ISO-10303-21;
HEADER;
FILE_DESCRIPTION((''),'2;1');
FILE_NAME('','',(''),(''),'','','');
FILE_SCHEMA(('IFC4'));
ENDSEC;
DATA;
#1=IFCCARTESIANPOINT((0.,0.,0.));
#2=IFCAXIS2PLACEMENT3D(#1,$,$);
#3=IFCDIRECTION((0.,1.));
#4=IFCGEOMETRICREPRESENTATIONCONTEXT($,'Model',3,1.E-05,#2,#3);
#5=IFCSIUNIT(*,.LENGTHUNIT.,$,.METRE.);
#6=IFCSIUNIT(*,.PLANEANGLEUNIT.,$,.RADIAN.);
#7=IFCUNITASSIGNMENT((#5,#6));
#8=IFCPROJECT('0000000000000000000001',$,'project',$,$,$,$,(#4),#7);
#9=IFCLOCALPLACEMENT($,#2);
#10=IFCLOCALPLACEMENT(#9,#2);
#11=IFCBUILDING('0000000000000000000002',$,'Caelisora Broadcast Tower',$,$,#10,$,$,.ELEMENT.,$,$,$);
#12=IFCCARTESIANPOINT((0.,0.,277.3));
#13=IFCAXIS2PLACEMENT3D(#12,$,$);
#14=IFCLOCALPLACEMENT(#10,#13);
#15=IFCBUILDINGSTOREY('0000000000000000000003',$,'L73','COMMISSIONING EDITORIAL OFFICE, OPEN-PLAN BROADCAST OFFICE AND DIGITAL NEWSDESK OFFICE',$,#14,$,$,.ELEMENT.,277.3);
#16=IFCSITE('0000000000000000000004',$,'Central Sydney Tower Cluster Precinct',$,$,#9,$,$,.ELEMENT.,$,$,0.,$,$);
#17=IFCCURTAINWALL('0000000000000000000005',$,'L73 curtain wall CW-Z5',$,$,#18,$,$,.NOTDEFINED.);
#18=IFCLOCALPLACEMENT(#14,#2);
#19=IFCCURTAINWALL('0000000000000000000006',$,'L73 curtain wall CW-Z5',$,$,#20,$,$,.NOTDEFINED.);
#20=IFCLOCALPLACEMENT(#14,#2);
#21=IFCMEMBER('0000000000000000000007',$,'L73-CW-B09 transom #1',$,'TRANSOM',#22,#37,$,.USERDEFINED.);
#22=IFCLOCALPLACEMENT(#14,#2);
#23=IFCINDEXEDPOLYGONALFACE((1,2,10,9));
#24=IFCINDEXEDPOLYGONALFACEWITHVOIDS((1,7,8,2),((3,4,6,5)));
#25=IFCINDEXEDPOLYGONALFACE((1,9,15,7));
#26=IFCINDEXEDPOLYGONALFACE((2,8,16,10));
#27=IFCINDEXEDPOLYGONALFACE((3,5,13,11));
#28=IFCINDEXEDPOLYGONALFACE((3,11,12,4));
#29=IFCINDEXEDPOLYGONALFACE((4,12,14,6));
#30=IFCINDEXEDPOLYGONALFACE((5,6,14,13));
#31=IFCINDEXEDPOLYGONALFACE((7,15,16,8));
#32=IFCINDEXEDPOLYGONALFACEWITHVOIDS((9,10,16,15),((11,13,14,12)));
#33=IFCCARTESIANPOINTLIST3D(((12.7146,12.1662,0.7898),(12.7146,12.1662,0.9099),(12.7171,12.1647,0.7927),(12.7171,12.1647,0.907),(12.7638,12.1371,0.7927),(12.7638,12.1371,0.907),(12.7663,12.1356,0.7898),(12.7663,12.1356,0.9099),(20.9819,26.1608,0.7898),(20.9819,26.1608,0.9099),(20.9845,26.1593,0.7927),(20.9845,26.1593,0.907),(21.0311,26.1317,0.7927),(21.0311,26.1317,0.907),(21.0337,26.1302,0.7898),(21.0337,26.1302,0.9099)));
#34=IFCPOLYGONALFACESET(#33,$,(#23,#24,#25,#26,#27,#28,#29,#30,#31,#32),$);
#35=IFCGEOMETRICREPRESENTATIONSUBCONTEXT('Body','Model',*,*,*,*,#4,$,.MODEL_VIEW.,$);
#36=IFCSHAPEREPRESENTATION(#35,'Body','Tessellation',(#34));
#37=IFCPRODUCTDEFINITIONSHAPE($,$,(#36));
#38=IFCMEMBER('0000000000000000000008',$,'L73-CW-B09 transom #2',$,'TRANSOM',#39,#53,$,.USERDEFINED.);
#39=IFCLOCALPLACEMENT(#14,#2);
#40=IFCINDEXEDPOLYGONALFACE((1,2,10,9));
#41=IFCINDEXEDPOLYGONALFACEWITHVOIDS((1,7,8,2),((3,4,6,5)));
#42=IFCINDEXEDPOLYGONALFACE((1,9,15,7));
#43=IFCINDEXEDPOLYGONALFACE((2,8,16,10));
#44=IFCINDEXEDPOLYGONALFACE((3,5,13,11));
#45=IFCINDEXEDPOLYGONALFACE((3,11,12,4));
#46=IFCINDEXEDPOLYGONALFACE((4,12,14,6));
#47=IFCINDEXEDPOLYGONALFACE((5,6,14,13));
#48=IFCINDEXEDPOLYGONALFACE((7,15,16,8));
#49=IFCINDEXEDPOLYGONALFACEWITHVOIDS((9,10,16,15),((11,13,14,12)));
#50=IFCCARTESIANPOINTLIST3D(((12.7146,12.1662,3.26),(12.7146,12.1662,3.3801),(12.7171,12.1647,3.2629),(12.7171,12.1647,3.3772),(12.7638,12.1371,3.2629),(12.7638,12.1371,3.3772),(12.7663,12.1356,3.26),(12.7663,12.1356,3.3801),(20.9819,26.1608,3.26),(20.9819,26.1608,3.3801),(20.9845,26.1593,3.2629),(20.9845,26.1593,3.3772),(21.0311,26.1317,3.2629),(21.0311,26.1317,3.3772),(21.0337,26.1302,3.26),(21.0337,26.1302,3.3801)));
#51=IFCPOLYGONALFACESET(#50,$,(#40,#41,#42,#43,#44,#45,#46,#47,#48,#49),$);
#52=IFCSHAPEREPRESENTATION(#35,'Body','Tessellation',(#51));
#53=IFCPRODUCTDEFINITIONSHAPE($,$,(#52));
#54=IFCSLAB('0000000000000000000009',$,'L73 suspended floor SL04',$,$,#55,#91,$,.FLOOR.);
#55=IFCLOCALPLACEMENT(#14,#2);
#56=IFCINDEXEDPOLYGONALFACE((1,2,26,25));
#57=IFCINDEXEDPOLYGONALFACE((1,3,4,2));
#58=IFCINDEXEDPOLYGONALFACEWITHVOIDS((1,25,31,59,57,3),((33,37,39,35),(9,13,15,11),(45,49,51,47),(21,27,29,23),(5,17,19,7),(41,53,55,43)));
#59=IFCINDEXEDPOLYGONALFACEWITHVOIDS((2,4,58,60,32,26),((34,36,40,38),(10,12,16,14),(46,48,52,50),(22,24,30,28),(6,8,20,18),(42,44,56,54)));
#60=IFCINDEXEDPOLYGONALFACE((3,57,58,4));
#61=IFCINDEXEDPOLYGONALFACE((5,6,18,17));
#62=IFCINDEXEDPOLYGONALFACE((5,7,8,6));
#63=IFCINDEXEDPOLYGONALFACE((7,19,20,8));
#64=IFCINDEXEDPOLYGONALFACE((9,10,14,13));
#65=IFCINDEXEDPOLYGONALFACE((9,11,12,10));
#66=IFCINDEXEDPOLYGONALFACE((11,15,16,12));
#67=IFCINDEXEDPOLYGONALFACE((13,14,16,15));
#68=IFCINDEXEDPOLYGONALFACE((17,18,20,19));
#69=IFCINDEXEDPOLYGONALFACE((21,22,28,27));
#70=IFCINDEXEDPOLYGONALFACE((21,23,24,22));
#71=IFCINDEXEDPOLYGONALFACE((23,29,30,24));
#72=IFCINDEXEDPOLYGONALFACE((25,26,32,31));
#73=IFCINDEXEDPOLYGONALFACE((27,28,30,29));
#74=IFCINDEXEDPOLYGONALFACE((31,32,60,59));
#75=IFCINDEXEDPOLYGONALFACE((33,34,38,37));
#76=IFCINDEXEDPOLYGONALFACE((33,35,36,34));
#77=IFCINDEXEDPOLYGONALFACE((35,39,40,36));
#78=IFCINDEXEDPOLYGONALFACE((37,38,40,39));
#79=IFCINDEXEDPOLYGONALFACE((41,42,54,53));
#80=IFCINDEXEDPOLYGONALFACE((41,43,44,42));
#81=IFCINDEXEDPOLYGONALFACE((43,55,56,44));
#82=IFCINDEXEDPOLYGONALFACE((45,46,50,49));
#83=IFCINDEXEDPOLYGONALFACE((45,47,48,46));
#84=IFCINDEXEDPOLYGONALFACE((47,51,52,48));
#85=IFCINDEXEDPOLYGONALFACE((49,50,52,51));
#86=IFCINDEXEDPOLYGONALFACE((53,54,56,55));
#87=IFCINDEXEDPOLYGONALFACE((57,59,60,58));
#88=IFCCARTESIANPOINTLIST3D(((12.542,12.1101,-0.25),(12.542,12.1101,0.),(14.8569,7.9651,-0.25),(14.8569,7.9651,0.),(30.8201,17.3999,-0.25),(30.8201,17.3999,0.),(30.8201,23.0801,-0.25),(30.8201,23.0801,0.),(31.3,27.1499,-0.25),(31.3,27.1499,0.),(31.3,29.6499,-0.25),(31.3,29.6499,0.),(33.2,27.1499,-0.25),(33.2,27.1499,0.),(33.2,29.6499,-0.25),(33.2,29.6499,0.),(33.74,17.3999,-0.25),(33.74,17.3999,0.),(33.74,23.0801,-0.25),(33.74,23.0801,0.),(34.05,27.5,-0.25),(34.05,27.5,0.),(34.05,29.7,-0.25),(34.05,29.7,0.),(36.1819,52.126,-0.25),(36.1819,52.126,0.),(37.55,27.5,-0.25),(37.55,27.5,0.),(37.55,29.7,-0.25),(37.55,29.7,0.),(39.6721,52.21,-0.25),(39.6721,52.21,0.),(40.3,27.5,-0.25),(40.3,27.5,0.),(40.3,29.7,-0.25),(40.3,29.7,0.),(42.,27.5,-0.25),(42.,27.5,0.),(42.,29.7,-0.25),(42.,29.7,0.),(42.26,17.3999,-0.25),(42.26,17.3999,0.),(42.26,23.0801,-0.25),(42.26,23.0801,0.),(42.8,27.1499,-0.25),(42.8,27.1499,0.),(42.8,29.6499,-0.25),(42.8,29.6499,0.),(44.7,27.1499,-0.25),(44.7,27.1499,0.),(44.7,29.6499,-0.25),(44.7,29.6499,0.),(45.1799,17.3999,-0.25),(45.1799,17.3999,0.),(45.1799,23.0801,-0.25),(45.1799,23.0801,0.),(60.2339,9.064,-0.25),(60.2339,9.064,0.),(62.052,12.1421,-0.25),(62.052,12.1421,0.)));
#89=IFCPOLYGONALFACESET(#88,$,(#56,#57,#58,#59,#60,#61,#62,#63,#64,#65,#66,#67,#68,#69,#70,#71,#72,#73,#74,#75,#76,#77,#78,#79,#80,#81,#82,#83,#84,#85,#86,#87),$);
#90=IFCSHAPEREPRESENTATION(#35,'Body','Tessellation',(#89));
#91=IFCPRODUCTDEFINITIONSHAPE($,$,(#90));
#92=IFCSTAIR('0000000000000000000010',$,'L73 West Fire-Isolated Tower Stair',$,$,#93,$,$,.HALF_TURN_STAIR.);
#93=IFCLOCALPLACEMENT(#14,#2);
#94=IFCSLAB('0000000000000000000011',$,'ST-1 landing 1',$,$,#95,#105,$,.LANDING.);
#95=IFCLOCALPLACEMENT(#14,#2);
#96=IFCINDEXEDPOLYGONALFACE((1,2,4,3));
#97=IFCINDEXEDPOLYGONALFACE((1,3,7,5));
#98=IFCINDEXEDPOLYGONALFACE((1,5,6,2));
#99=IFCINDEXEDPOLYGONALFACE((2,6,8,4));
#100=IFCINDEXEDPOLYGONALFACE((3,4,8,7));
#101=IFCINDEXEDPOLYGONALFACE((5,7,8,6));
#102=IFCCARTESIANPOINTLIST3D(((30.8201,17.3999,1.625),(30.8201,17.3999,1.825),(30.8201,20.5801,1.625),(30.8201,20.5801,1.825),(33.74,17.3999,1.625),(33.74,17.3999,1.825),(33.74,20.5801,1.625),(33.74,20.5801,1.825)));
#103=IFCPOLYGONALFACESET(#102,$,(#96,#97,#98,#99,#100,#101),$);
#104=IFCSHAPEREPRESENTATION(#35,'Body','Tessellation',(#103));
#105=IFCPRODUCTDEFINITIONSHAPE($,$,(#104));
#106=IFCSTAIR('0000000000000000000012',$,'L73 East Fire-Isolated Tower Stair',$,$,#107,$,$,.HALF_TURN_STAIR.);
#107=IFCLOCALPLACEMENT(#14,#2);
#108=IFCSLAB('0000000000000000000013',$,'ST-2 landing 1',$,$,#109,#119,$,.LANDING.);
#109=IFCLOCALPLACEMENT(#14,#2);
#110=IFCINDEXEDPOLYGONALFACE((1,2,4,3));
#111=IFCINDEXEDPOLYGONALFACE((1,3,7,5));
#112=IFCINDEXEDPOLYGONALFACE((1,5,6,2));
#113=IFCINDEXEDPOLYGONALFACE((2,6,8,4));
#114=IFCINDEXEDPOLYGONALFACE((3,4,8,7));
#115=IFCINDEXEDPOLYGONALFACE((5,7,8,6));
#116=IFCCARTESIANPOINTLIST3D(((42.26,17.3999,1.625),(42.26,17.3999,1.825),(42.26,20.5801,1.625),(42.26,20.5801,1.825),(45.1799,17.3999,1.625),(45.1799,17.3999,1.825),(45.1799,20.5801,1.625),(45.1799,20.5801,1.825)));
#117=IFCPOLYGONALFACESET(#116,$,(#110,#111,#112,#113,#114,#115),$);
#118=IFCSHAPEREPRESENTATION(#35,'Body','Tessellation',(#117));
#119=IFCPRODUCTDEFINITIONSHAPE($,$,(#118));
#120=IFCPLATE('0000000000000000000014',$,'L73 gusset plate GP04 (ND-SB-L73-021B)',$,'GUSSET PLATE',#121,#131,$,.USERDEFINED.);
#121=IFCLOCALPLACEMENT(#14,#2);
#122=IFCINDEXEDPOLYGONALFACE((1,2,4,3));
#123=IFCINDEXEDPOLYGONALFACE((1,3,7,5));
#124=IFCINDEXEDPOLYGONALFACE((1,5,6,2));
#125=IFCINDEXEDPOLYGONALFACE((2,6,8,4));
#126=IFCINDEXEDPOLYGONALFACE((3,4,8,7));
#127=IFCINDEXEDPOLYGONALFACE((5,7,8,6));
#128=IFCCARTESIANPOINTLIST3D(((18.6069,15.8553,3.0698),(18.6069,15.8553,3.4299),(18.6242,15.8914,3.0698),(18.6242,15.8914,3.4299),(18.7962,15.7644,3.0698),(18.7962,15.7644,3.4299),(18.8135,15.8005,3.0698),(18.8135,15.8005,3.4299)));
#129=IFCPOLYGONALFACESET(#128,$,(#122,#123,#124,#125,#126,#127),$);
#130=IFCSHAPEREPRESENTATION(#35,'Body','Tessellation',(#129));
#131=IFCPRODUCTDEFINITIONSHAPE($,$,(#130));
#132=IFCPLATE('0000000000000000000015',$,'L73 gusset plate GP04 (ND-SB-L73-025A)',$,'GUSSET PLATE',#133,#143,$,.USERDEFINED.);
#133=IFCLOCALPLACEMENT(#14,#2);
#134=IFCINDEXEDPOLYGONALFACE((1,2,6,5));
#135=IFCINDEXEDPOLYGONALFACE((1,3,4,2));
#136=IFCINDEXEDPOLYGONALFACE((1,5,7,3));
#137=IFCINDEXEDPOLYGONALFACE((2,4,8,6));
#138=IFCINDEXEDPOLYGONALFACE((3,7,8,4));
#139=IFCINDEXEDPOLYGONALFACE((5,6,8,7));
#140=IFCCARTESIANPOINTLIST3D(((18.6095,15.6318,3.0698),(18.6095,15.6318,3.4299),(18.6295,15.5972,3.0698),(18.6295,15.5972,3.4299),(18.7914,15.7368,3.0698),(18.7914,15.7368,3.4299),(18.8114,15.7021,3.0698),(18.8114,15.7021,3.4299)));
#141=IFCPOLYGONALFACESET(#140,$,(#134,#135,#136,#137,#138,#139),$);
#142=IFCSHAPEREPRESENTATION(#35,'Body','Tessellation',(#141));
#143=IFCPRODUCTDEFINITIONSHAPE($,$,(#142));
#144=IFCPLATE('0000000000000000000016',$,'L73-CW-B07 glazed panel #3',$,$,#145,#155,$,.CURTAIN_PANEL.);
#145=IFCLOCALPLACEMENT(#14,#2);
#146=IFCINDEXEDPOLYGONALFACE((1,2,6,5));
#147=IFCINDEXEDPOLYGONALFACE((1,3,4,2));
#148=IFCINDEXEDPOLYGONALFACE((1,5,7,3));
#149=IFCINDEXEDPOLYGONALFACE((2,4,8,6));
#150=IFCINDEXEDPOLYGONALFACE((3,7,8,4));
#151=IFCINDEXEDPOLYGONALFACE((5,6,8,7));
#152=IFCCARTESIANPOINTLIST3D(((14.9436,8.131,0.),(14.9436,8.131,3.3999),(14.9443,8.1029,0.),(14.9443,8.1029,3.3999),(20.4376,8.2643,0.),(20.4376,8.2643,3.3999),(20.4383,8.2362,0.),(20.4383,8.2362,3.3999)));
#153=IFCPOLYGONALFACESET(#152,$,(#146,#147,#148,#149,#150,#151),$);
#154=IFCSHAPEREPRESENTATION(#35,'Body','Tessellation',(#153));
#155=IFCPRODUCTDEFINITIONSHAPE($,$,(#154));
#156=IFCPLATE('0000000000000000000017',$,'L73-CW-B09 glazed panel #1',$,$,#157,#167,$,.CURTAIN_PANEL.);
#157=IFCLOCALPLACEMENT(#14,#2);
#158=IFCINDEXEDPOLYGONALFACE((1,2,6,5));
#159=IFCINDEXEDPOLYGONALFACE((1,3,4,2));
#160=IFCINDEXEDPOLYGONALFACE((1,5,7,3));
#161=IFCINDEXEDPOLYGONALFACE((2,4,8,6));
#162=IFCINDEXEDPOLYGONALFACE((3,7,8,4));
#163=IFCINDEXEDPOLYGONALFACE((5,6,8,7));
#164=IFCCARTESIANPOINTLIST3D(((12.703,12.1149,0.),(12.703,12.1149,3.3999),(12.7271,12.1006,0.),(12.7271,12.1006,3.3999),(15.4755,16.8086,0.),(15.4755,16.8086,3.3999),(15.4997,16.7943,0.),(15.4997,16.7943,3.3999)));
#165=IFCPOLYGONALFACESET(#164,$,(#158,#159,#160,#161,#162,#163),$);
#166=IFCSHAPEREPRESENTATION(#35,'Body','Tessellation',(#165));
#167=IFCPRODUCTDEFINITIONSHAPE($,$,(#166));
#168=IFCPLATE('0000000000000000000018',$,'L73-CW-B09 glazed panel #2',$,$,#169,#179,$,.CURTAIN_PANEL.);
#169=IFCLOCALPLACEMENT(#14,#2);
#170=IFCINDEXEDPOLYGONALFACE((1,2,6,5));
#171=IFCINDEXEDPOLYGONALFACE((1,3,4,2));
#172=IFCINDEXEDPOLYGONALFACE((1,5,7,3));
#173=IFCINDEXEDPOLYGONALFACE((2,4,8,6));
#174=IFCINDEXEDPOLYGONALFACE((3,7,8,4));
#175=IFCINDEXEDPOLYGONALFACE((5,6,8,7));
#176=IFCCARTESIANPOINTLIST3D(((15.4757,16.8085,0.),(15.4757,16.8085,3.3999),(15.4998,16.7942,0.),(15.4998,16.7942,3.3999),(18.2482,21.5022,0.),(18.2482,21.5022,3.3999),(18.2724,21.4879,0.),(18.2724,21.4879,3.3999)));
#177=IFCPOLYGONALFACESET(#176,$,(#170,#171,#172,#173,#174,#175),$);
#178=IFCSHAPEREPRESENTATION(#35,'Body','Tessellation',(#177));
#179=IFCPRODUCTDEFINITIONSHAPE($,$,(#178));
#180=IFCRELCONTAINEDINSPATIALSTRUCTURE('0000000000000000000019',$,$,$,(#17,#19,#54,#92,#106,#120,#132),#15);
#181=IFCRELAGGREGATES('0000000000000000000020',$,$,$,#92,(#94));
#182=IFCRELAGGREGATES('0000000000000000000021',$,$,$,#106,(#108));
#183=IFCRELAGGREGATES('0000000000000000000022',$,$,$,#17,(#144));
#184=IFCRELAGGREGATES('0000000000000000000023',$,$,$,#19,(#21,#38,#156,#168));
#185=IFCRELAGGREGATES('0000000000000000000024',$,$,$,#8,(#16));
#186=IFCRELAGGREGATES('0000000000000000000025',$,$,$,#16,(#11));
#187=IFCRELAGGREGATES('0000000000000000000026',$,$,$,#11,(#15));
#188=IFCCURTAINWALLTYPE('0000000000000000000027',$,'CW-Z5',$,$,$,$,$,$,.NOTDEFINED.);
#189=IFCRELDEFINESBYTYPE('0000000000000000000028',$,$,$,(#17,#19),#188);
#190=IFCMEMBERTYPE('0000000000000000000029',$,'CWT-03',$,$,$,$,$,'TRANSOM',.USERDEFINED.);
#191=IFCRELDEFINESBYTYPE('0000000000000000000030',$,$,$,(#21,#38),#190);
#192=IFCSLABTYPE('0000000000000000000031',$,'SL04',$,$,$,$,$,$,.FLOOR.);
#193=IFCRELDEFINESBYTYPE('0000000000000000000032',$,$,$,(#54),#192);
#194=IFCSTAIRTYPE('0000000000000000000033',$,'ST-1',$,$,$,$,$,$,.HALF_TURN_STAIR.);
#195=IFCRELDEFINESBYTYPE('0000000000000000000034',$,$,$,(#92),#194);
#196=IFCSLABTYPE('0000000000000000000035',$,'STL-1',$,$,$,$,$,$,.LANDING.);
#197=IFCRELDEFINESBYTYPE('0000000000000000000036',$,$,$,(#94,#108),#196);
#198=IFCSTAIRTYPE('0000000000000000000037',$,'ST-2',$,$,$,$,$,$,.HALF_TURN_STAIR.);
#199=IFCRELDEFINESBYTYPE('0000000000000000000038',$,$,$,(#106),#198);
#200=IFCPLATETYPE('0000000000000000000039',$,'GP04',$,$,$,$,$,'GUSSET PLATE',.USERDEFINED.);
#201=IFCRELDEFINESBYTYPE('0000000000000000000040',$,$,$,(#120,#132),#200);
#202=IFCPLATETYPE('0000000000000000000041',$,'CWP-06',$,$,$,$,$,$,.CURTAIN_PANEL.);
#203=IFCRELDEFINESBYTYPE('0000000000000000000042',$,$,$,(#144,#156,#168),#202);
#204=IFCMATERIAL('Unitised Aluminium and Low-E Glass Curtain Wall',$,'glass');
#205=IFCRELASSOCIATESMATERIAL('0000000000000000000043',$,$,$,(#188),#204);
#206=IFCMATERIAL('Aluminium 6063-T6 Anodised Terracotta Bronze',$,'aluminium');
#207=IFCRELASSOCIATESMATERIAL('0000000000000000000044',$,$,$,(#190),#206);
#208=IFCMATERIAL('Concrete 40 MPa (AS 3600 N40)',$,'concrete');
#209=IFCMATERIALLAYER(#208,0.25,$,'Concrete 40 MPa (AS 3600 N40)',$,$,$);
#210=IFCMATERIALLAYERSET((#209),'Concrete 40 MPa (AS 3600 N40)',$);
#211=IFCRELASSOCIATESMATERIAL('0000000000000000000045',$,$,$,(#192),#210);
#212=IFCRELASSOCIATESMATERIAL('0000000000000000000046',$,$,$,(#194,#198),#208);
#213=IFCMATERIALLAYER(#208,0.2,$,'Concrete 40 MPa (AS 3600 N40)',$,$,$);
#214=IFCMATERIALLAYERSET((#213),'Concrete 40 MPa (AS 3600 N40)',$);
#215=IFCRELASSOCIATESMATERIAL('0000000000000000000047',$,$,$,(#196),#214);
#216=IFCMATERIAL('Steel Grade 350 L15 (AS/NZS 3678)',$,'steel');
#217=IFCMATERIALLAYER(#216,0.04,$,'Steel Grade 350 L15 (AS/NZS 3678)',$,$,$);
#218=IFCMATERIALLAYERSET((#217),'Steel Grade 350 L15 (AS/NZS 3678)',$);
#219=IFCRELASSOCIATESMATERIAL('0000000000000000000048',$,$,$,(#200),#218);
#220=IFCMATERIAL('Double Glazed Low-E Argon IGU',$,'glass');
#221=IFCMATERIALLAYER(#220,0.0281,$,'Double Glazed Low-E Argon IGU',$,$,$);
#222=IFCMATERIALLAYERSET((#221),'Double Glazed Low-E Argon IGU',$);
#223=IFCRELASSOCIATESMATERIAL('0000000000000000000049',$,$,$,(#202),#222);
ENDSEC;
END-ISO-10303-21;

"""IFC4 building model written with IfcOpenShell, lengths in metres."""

from ifc_helpers import new_model, si_unit, direction, frame, origin, origin_2d, place, context, subcontext, project, spatial, polyline, rectangle, hollow_rectangle, outline, extrude, source, transform, mapped, material, layer, layer_set, material_profile, profile_set, type_object, type_shapes, element, aggregate, save


model = new_model("IFC4")

# Units and contexts
model_context = context("Model", 3, precision=1e-05, world=origin(), true_north=direction((0.0, 1.0)))
body_context = subcontext(model_context, "Body", "Model", "MODEL_VIEW")
ifc_project = project(units=[si_unit("LENGTHUNIT", "METRE"), si_unit("PLANEANGLEUNIT", "RADIAN")], contexts=[model_context])

# Site, building, storey
site_placement = place(None, origin())
site = spatial("IfcSite", under=ifc_project, at=site_placement, Name="Central Sydney Tower Cluster Precinct", CompositionType="ELEMENT", RefElevation=0.0)
building_placement = place(site_placement, origin())
building = spatial("IfcBuilding", under=site, at=building_placement, Name="Caelisora Broadcast Tower", CompositionType="ELEMENT")
storey_placement = place(building_placement, frame((0.0, 0.0, 277.3)))
storey = spatial("IfcBuildingStorey", under=building, at=storey_placement, Name="L73", Description="COMMISSIONING EDITORIAL OFFICE, OPEN-PLAN BROADCAST OFFICE AND DIGITAL NEWSDESK OFFICE", CompositionType="ELEMENT", Elevation=277.3)

# Shared definitions
ifc_material_1 = material(Name="Steel Grade 350 L15 (AS/NZS 3678)", Category="steel")

# Curtain walls, members
ifc_material_2 = material(Name="Unitised Aluminium and Low-E Glass Curtain Wall", Category="glass")
curtain_wall_type = type_object("IfcCurtainWallType", Name="CW-Z5", PredefinedType="NOTDEFINED", material=ifc_material_2)
curtain_wall_1_placement = place(storey_placement, origin())
curtain_wall_1 = element("IfcCurtainWall", 1, at=curtain_wall_1_placement, inside=storey, type_object=curtain_wall_type, Name="L73 curtain wall CW-Z5", PredefinedType="NOTDEFINED")
ifc_material_3 = material(Name="Aluminium 6063-T6 Anodised Terracotta Bronze", Category="aluminium")
curtain_wall_2_placement = place(storey_placement, origin())
curtain_wall_2 = element("IfcCurtainWall", 2, at=curtain_wall_2_placement, inside=storey, type_object=curtain_wall_type, Name="L73 curtain wall CW-Z5", PredefinedType="NOTDEFINED")
ifc_material_profile_1 = material_profile(ifc_material_3, hollow_rectangle(XDim=0.0601, YDim=0.1201, WallThickness=0.0029, at=origin_2d()), Name="Aluminium 6063-T6 Anodised Terracotta Bronze")
ifc_profile_set_1 = profile_set([ifc_material_profile_1], Name="Aluminium 6063-T6 Anodised Terracotta Bronze")
member_type_1 = type_object("IfcMemberType", Name="CWT-03", ElementType="TRANSOM", PredefinedType="USERDEFINED", material=ifc_profile_set_1)
shared_shape_1 = source(origin(), body_context, "Body", "SweptSolid", [
    extrude(hollow_rectangle(XDim=0.0601, YDim=0.1201, WallThickness=0.0029, at=origin_2d()), origin(), (0.0, 0.0, 1.0), 16.2542),
])
type_shapes(member_type_1, [shared_shape_1])
member_1_placement = place(storey_placement, frame((12.7405, 12.1509, 0.8499), z_axis=(0.508628, 0.860986, 0.0), x_axis=(-0.860986, 0.508628, 0.0)))
member_1 = element("IfcMember", 3, at=member_1_placement, type_object=member_type_1, Name="L73-CW-B09 transom #1", ObjectType="TRANSOM", PredefinedType="USERDEFINED", context=body_context, shape_type="MappedRepresentation", body=[
    mapped(shared_shape_1, transform((0.0, 0.0, 0.0), scale=1.0)),
])
member_2_placement = place(storey_placement, frame((12.7405, 12.1509, 3.3201), z_axis=(0.508628, 0.860986, 0.0), x_axis=(-0.860986, 0.508628, 0.0)))
member_2 = element("IfcMember", 4, at=member_2_placement, type_object=member_type_1, Name="L73-CW-B09 transom #2", ObjectType="TRANSOM", PredefinedType="USERDEFINED", context=body_context, shape_type="MappedRepresentation", body=[
    mapped(shared_shape_1, transform((0.0, 0.0, 0.0), scale=1.0)),
])

# Slab
ifc_material_4 = material(Name="Concrete 40 MPa (AS 3600 N40)", Category="concrete")
ifc_layer_1 = layer(ifc_material_4, 0.25, Name="Concrete 40 MPa (AS 3600 N40)")
ifc_layer_set_1 = layer_set([ifc_layer_1], Name="Concrete 40 MPa (AS 3600 N40)")
slab_type_1 = type_object("IfcSlabType", Name="SL04", PredefinedType="FLOOR", material=ifc_layer_set_1)
slab_1_placement = place(storey_placement, frame((0.0, 0.0, -0.25)))
element("IfcSlab", 5, at=slab_1_placement, inside=storey, type_object=slab_type_1, Name="L73 suspended floor SL04", PredefinedType="FLOOR", context=body_context, shape_type="SweptSolid", body=[
    extrude(outline(polyline([(39.6721, 52.21), (36.1819, 52.126), (12.542, 12.1101), (14.8569, 7.9651), (60.2339, 9.064), (62.052, 12.1421), (39.6721, 52.21)]), holes=[polyline([(30.8201, 17.3999), (33.74, 17.3999), (33.74, 23.0801), (30.8201, 23.0801), (30.8201, 17.3999)]), polyline([(42.26, 17.3999), (45.1799, 17.3999), (45.1799, 23.0801), (42.26, 23.0801), (42.26, 17.3999)]), polyline([(42.8, 27.1499), (44.7, 27.1499), (44.7, 29.6499), (42.8, 29.6499), (42.8, 27.1499)]), polyline([(40.3, 27.5), (42.0, 27.5), (42.0, 29.7), (40.3, 29.7), (40.3, 27.5)]), polyline([(34.05, 27.5), (37.55, 27.5), (37.55, 29.7), (34.05, 29.7), (34.05, 27.5)]), polyline([(31.3, 27.1499), (33.2, 27.1499), (33.2, 29.6499), (31.3, 29.6499), (31.3, 27.1499)])]), origin(), (0.0, 0.0, 1.0), 0.25),
])

# Stairs, slabs
stair_type_1 = type_object("IfcStairType", Name="ST-1", PredefinedType="HALF_TURN_STAIR", material=ifc_material_4)
stair_1_placement = place(storey_placement, origin())
stair_1 = element("IfcStair", 6, at=stair_1_placement, inside=storey, type_object=stair_type_1, Name="L73 West Fire-Isolated Tower Stair", PredefinedType="HALF_TURN_STAIR")
ifc_layer_2 = layer(ifc_material_4, 0.2, Name="Concrete 40 MPa (AS 3600 N40)")
ifc_layer_set_2 = layer_set([ifc_layer_2], Name="Concrete 40 MPa (AS 3600 N40)")
slab_type_2 = type_object("IfcSlabType", Name="STL-1", PredefinedType="LANDING", material=ifc_layer_set_2)
slab_2_placement = place(storey_placement, frame((0.0, 0.0, 1.625)))
slab_2 = element("IfcSlab", 7, at=slab_2_placement, type_object=slab_type_2, Name="ST-1 landing 1", PredefinedType="LANDING", context=body_context, shape_type="SweptSolid", body=[
    extrude(outline(polyline([(30.8201, 20.5801), (30.8201, 17.3999), (33.74, 17.3999), (33.74, 20.5801), (30.8201, 20.5801)])), origin(), (0.0, 0.0, 1.0), 0.2),
])
aggregate(stair_1, [slab_2])
stair_type_2 = type_object("IfcStairType", Name="ST-2", PredefinedType="HALF_TURN_STAIR", material=ifc_material_4)
stair_2_placement = place(storey_placement, origin())
stair_2 = element("IfcStair", 8, at=stair_2_placement, inside=storey, type_object=stair_type_2, Name="L73 East Fire-Isolated Tower Stair", PredefinedType="HALF_TURN_STAIR")
slab_3_placement = place(storey_placement, frame((0.0, 0.0, 1.625)))
slab_3 = element("IfcSlab", 9, at=slab_3_placement, type_object=slab_type_2, Name="ST-2 landing 1", PredefinedType="LANDING", context=body_context, shape_type="SweptSolid", body=[
    extrude(outline(polyline([(42.26, 20.5801), (42.26, 17.3999), (45.1799, 17.3999), (45.1799, 20.5801), (42.26, 20.5801)])), origin(), (0.0, 0.0, 1.0), 0.2),
])
aggregate(stair_2, [slab_3])

# Plates
ifc_layer_3 = layer(ifc_material_1, 0.04, Name="Steel Grade 350 L15 (AS/NZS 3678)")
ifc_layer_set_3 = layer_set([ifc_layer_3], Name="Steel Grade 350 L15 (AS/NZS 3678)")
plate_type_1 = type_object("IfcPlateType", Name="GP04", ElementType="GUSSET PLATE", PredefinedType="USERDEFINED", material=ifc_layer_set_3)
shared_shape_2 = source(origin(), body_context, "Body", "SweptSolid", [
    extrude(rectangle(XDim=0.21, YDim=0.04, at=origin_2d()), origin(), (0.0, 0.0, 1.0), 0.3601),
])
type_shapes(plate_type_1, [shared_shape_2])
for number, where, z_axis, x_axis, name in (
    (10, (18.7102, 15.8279, 3.0698), (0.0, 0.0, 1.0), (0.90138, -0.43303, 0.0), "L73 gusset plate GP04 (ND-SB-L73-021B)"),
    (11, (18.7104, 15.667, 3.0698), (0.0, 0.0, 1.0), (0.866025, 0.5, 0.0), "L73 gusset plate GP04 (ND-SB-L73-025A)"),
):
    element("IfcPlate", number, at=place(storey_placement, frame(where, z_axis=z_axis, x_axis=x_axis)), inside=storey, type_object=plate_type_1, Name=name, ObjectType="GUSSET PLATE", PredefinedType="USERDEFINED", context=body_context, shape_type="MappedRepresentation", body=[
        mapped(shared_shape_2, transform((0.0, 0.0, 0.0), scale=1.0)),
    ])

# Plates
ifc_material_5 = material(Name="Double Glazed Low-E Argon IGU", Category="glass")
ifc_layer_4 = layer(ifc_material_5, 0.0281, Name="Double Glazed Low-E Argon IGU")
ifc_layer_set_4 = layer_set([ifc_layer_4], Name="Double Glazed Low-E Argon IGU")
plate_type_2 = type_object("IfcPlateType", Name="CWP-06", PredefinedType="CURTAIN_PANEL", material=ifc_layer_set_4)
shared_shape_3 = source(origin(), body_context, "Body", "SweptSolid", [
    extrude(rectangle(XDim=5.4956, YDim=0.0281, at=origin_2d()), origin(), (0.0, 0.0, 1.0), 3.3999),
])
plate_1_placement = place(storey_placement, frame((17.6909, 8.1836, 0.0), z_axis=(0.0, 0.0, 1.0), x_axis=(-0.999706, -0.024258, 0.0)))
plate_1 = element("IfcPlate", 12, at=plate_1_placement, type_object=plate_type_2, Name="L73-CW-B07 glazed panel #3", PredefinedType="CURTAIN_PANEL", context=body_context, shape_type="MappedRepresentation", body=[
    mapped(shared_shape_3, transform((0.0, 0.0, 0.0), scale=1.0)),
])
aggregate(curtain_wall_1, [plate_1])
shared_shape_4 = source(origin(), body_context, "Body", "SweptSolid", [
    extrude(rectangle(XDim=5.4514, YDim=0.0281, at=origin_2d()), origin(), (0.0, 0.0, 1.0), 3.3999),
])
type_shapes(plate_type_2, [shared_shape_3, shared_shape_4])
plate_2_placement = place(storey_placement, frame((14.1013, 14.4546, 0.0), z_axis=(0.0, 0.0, 1.0), x_axis=(0.508591, 0.861008, 0.0)))
plate_2 = element("IfcPlate", 13, at=plate_2_placement, type_object=plate_type_2, Name="L73-CW-B09 glazed panel #1", PredefinedType="CURTAIN_PANEL", context=body_context, shape_type="MappedRepresentation", body=[
    mapped(shared_shape_4, transform((0.0, 0.0, 0.0), scale=1.0)),
])
plate_3_placement = place(storey_placement, frame((16.874, 19.1482, 0.0), z_axis=(0.0, 0.0, 1.0), x_axis=(0.508591, 0.861008, 0.0)))
plate_3 = element("IfcPlate", 14, at=plate_3_placement, type_object=plate_type_2, Name="L73-CW-B09 glazed panel #2", PredefinedType="CURTAIN_PANEL", context=body_context, shape_type="MappedRepresentation", body=[
    mapped(shared_shape_4, transform((0.0, 0.0, 0.0), scale=1.0)),
])
aggregate(curtain_wall_2, [member_1, member_2, plate_2, plate_3])

save(model, "model.ifc")
